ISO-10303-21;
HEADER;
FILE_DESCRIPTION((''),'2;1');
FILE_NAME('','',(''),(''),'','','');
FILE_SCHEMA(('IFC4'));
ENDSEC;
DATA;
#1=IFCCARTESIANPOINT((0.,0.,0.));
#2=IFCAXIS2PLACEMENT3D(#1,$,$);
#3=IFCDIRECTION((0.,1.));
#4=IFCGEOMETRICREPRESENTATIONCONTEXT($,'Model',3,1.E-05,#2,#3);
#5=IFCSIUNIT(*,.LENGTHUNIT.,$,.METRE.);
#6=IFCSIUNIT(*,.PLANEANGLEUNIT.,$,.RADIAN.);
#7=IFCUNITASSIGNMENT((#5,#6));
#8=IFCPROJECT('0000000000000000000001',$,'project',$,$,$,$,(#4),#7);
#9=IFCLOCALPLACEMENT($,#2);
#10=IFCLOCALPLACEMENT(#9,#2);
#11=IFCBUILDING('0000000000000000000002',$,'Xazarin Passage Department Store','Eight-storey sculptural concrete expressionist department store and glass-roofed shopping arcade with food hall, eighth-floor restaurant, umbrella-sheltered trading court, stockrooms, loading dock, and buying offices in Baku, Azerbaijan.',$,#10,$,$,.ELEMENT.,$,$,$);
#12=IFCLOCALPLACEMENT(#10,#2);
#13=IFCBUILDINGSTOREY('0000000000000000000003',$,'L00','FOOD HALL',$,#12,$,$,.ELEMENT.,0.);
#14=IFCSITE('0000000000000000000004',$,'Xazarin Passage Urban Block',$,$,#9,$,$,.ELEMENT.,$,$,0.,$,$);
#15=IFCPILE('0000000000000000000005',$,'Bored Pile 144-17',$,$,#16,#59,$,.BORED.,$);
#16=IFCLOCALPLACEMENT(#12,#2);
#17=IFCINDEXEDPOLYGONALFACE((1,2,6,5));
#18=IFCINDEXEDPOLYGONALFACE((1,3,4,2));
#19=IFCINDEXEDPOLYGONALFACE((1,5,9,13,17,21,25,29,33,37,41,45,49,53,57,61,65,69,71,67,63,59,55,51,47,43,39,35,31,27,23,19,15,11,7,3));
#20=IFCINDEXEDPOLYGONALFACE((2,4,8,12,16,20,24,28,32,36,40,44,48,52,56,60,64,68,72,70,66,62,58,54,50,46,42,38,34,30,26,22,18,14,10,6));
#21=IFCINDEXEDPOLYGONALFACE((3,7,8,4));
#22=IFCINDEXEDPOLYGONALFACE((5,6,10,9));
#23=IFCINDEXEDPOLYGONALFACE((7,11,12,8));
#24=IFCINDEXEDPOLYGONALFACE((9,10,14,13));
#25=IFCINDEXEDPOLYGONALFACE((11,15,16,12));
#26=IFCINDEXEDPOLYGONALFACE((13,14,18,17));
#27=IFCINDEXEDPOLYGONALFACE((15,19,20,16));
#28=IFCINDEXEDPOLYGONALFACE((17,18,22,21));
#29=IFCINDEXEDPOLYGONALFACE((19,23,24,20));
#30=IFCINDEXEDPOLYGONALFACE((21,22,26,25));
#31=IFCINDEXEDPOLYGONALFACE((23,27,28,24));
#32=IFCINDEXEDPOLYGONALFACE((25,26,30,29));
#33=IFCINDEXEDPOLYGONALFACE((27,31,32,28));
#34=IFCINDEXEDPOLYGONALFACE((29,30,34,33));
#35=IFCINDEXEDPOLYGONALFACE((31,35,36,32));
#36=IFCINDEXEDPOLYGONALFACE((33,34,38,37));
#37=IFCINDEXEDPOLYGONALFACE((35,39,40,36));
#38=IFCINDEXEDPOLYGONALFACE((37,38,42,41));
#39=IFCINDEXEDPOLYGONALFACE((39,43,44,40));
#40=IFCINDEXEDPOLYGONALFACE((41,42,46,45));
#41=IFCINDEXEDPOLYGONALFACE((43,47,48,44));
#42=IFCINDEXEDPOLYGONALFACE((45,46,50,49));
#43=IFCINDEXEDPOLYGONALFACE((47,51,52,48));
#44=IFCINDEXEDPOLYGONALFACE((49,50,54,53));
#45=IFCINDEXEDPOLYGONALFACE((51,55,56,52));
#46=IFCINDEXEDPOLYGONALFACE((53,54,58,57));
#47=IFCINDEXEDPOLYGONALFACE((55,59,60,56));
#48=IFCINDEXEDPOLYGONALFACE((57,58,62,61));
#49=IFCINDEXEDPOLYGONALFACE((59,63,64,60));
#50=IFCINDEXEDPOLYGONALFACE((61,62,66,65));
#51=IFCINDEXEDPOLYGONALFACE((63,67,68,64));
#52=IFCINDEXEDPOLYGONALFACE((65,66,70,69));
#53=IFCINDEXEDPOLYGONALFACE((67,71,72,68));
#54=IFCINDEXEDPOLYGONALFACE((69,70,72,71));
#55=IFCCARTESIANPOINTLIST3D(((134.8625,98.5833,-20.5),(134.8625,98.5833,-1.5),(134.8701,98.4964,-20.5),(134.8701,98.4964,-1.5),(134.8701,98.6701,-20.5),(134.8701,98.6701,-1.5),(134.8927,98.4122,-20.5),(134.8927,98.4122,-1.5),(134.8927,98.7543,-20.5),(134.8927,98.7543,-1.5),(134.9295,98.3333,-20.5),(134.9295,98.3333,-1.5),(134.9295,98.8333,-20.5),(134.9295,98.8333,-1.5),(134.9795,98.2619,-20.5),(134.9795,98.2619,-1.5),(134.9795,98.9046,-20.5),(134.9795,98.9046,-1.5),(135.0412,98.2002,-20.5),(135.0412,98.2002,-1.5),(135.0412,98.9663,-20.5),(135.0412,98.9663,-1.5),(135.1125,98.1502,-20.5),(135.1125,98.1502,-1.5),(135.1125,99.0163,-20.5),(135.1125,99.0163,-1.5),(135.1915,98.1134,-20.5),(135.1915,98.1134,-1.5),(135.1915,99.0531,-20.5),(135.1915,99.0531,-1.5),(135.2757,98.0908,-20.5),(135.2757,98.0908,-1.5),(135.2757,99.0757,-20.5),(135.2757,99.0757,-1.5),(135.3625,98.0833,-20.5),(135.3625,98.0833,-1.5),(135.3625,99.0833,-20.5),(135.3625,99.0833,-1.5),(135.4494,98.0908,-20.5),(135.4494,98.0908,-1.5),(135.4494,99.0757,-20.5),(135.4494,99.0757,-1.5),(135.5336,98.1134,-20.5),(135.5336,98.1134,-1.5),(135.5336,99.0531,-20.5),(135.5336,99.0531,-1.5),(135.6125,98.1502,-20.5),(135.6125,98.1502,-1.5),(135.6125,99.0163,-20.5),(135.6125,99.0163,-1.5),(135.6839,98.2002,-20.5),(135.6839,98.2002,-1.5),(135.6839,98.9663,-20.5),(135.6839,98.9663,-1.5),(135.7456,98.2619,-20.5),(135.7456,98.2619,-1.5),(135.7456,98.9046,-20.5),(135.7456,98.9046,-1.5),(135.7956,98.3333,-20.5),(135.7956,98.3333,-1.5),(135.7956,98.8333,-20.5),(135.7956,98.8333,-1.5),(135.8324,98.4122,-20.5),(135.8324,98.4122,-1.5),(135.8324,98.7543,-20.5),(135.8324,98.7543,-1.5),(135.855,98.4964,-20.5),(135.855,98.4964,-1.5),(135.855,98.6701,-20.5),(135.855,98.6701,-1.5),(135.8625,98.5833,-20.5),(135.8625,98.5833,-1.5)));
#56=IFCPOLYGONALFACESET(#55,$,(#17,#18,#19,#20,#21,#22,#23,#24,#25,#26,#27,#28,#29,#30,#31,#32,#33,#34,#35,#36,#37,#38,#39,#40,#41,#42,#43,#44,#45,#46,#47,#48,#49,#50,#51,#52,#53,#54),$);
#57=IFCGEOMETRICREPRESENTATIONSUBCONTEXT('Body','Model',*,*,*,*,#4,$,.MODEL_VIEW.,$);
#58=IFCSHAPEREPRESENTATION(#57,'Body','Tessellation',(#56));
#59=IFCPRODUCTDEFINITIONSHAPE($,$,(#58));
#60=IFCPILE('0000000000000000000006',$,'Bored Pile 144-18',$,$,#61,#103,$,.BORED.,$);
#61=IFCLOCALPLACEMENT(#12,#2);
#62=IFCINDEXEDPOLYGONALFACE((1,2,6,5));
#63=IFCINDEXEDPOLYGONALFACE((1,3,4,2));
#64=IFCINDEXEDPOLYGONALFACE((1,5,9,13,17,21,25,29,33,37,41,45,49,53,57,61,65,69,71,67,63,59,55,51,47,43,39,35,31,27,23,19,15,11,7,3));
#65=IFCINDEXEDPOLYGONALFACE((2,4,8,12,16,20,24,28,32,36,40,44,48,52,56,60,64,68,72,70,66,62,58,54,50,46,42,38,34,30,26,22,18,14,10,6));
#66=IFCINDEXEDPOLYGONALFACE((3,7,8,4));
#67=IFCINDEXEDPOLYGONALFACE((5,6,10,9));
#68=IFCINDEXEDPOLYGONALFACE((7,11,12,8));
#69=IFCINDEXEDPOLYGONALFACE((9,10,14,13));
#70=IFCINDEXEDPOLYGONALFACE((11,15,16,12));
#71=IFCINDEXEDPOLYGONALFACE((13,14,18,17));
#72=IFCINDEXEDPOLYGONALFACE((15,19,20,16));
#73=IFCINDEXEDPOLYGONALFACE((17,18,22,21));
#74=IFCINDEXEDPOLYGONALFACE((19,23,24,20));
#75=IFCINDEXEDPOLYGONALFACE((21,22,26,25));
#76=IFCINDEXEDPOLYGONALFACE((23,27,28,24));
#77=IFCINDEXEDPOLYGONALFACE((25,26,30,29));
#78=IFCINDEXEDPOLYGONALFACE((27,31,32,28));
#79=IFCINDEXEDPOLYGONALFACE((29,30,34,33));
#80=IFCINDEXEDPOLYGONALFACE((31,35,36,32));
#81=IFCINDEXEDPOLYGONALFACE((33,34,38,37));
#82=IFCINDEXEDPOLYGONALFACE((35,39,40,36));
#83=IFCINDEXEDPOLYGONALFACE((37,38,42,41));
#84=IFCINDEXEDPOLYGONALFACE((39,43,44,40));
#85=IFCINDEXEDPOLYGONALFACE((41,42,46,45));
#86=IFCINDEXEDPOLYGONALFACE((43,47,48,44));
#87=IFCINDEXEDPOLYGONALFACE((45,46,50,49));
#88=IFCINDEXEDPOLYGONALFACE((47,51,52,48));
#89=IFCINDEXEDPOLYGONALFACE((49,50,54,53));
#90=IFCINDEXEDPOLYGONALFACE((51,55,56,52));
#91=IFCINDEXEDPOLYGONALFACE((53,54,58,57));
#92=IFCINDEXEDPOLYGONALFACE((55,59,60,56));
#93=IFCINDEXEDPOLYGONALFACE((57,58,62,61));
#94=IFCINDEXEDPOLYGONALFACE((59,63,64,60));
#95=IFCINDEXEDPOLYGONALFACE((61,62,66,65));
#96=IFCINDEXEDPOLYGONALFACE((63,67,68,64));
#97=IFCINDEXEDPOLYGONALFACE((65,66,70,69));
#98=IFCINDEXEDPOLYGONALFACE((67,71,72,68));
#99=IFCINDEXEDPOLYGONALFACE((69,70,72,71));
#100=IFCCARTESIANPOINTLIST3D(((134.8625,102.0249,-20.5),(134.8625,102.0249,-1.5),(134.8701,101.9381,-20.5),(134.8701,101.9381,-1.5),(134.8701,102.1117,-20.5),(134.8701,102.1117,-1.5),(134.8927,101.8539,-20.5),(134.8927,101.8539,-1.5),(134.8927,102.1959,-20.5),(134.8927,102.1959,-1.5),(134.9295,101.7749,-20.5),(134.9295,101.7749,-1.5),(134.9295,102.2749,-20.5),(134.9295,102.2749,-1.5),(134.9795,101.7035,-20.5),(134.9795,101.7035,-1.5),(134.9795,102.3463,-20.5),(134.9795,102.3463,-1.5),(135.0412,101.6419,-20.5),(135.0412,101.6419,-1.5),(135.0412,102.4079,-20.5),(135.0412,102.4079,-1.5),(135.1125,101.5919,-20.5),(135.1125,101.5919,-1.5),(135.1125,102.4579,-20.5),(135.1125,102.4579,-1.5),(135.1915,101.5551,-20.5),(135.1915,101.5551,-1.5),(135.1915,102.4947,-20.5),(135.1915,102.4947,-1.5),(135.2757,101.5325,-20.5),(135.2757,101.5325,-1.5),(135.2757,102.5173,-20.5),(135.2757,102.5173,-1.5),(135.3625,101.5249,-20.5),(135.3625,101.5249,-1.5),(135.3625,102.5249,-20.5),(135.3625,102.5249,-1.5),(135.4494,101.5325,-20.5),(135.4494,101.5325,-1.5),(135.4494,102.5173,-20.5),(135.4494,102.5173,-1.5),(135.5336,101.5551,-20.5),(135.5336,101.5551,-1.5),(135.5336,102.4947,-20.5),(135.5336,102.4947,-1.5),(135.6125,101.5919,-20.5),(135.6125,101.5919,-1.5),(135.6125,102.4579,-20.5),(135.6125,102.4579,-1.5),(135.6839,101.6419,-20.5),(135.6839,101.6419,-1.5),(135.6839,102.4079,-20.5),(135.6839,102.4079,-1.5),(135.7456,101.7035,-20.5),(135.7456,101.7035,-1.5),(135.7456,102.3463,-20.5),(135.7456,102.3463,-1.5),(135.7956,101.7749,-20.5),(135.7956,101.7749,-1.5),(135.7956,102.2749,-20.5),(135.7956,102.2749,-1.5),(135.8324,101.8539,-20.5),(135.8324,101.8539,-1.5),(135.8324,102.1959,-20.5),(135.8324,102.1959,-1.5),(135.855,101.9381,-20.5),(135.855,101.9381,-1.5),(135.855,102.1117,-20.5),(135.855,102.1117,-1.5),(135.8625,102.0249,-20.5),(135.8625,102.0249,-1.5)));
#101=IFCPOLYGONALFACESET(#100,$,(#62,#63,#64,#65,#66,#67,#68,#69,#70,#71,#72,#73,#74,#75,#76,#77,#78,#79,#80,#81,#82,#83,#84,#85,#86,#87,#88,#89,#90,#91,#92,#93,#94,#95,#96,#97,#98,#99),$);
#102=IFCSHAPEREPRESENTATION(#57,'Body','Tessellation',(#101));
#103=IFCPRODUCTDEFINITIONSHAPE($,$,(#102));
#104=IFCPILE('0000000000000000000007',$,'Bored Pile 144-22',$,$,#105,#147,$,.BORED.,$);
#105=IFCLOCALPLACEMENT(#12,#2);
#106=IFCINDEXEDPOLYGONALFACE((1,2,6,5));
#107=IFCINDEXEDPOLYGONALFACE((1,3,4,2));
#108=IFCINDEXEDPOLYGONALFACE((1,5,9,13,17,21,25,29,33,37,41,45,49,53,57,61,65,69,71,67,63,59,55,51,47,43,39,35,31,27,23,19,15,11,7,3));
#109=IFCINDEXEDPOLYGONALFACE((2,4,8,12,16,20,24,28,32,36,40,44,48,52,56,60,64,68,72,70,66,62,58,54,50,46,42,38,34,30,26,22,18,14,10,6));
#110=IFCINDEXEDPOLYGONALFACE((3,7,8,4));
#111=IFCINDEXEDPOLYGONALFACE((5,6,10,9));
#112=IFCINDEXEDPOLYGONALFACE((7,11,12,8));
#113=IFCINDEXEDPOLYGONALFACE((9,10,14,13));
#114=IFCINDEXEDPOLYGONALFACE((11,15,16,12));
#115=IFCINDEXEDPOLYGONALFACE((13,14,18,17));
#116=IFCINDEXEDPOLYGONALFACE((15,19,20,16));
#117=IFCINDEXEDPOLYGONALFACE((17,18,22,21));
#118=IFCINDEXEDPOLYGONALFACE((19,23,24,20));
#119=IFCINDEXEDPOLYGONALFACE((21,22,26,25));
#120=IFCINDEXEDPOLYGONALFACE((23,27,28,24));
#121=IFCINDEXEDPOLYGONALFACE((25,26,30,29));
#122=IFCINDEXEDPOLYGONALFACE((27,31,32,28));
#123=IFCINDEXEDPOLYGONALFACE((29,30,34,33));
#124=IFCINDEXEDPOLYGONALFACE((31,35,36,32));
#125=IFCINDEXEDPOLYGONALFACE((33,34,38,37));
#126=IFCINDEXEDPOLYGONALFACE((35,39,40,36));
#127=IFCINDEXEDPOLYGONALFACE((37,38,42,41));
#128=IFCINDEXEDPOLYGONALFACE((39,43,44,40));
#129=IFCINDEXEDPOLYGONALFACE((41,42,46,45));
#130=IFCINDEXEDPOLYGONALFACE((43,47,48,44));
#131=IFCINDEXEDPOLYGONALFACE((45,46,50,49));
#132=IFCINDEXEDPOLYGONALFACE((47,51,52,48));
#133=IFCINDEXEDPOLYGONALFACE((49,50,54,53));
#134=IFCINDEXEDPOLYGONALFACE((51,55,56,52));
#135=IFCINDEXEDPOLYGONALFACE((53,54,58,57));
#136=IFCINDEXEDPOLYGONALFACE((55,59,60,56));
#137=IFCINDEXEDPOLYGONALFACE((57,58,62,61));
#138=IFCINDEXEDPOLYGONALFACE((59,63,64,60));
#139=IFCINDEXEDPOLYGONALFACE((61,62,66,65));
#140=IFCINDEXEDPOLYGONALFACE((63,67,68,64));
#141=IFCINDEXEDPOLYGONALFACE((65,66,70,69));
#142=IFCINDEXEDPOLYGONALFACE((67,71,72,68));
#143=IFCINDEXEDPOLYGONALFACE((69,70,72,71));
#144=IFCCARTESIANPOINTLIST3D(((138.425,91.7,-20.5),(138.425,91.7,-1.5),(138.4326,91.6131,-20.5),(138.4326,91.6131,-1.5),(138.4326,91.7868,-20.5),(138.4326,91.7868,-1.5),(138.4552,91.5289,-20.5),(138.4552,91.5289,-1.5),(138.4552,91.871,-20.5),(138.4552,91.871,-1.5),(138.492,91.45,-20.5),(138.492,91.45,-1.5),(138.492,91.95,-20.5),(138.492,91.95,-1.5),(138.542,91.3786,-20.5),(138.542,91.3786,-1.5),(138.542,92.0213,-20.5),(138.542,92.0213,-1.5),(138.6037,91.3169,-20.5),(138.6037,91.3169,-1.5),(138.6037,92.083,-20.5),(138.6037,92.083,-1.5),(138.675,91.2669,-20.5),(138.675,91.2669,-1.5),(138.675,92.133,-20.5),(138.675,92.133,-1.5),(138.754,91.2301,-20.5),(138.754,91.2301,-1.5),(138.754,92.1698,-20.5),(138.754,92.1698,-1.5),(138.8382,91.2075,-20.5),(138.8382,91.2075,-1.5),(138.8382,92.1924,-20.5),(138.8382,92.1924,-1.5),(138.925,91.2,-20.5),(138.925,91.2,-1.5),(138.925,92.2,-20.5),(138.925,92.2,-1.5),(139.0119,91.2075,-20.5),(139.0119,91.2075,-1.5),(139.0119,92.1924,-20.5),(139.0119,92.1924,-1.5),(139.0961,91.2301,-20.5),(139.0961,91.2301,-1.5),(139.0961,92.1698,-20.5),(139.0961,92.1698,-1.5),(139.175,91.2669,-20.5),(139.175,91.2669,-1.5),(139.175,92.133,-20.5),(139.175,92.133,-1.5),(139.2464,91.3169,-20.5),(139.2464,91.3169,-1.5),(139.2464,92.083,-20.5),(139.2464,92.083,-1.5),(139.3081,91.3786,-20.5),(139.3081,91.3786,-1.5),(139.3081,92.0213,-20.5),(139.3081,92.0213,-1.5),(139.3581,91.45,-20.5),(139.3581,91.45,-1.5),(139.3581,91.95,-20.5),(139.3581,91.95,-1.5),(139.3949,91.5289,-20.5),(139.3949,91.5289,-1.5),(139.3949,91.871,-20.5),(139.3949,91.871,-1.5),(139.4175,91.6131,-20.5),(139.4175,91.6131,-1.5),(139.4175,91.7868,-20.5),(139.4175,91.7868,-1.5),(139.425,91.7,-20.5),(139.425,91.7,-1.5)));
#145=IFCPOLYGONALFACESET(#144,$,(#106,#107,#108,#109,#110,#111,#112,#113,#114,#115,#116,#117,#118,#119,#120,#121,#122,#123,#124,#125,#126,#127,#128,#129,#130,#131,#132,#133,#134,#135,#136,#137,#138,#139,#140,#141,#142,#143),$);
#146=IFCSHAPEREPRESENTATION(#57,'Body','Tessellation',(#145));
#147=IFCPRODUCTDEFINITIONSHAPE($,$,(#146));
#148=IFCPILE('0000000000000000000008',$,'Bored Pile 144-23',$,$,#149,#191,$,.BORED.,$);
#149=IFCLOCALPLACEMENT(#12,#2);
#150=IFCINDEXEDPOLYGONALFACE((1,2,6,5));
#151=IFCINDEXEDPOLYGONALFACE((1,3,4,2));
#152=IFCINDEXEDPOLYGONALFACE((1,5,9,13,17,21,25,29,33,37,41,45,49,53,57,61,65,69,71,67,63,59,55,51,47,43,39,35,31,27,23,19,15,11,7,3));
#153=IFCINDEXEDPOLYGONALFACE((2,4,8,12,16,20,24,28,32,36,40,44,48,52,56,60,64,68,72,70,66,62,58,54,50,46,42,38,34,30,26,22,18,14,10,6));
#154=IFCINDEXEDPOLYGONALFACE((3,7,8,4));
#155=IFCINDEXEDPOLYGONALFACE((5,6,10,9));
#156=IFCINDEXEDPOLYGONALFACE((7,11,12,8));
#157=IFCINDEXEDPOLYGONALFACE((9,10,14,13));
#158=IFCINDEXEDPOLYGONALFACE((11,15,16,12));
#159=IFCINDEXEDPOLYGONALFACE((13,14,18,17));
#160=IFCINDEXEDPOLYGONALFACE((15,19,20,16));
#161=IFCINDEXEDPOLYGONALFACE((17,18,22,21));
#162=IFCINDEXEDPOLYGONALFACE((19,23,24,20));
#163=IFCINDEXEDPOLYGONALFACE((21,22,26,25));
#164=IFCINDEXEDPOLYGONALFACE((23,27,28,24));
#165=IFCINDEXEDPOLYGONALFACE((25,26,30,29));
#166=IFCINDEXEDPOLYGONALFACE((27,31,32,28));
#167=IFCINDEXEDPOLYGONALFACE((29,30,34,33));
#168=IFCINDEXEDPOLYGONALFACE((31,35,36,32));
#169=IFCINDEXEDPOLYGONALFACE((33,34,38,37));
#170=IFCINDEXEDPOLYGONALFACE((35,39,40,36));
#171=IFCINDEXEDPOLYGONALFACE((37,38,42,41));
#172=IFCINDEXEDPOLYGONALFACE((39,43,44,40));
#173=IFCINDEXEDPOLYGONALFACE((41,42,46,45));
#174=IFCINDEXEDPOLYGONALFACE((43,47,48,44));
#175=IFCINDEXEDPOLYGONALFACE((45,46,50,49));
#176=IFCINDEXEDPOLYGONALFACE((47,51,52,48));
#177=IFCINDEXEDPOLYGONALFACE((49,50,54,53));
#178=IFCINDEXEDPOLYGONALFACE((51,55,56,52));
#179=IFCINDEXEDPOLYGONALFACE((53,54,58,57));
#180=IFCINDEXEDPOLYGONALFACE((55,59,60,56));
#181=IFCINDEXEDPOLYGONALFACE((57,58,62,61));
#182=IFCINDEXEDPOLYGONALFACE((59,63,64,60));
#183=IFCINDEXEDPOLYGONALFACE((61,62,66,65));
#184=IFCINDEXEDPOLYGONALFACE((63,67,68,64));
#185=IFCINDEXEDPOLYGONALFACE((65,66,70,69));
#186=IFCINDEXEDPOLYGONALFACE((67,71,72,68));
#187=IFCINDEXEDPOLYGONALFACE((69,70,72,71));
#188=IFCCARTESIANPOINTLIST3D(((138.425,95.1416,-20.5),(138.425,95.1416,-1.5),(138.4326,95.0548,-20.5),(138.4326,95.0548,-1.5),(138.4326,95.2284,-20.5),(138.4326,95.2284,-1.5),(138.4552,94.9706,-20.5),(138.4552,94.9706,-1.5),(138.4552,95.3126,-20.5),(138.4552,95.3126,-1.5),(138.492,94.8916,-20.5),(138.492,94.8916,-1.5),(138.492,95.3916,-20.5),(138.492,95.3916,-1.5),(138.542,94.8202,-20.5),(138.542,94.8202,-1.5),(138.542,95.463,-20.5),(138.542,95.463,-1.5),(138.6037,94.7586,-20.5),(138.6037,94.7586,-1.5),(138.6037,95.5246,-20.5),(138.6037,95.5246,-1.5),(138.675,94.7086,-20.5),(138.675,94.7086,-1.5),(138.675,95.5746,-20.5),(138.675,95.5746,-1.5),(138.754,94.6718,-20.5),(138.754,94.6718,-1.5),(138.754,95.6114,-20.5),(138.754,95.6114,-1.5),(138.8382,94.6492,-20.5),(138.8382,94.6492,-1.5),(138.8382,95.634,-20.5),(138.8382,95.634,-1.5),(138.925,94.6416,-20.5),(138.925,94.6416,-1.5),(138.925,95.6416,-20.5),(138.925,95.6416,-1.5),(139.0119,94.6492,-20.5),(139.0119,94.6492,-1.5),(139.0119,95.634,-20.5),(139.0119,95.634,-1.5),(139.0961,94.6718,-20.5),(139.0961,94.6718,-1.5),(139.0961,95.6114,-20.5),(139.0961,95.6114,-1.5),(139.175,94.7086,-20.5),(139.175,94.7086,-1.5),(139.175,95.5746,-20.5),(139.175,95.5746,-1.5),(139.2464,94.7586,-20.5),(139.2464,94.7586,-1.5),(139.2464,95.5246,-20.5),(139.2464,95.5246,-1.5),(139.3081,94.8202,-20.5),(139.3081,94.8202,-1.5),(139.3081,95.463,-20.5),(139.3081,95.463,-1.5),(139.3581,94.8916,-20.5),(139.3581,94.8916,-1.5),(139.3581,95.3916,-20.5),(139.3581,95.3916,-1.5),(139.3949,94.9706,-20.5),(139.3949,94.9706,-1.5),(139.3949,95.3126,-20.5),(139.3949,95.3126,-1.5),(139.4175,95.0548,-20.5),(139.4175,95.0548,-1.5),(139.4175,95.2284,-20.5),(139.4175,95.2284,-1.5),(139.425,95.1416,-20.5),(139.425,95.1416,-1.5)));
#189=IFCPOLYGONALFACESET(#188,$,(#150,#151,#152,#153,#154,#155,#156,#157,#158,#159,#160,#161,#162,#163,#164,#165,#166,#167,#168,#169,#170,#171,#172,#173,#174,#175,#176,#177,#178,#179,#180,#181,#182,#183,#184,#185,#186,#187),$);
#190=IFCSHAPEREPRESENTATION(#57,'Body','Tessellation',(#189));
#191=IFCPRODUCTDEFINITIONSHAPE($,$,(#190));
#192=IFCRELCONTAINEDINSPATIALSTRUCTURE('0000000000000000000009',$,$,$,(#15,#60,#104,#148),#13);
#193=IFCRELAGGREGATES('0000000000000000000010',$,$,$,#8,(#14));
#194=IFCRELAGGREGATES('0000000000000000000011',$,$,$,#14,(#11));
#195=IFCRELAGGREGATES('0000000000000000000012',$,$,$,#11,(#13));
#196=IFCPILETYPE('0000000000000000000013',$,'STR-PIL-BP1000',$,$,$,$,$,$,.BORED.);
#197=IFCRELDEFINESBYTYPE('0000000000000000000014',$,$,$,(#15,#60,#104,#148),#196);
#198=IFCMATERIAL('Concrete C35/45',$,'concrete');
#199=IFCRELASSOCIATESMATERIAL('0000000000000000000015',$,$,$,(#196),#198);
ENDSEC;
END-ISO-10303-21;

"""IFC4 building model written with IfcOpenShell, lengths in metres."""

from ifc_helpers import new_model, si_unit, direction, frame, origin, origin_2d, place, context, subcontext, project, spatial, circle, extrude, material, material_profile, profile_set, type_object, element, save


model = new_model("IFC4")

# Units and contexts
model_context = context("Model", 3, precision=1e-05, world=origin(), true_north=direction((0.0, 1.0)))
body_context = subcontext(model_context, "Body", "Model", "MODEL_VIEW")
ifc_project = project(units=[si_unit("LENGTHUNIT", "METRE"), si_unit("PLANEANGLEUNIT", "RADIAN")], contexts=[model_context])

# Site, building, storey
site_placement = place(None, origin())
site = spatial("IfcSite", under=ifc_project, at=site_placement, Name="Xazarin Passage Urban Block", CompositionType="ELEMENT", RefElevation=0.0)
building_placement = place(site_placement, origin())
building = spatial("IfcBuilding", under=site, at=building_placement, Name="Xazarin Passage Department Store", Description="Eight-storey sculptural concrete expressionist department store and glass-roofed shopping arcade with food hall, eighth-floor restaurant, umbrella-sheltered trading court, stockrooms, loading dock, and buying offices in Baku, Azerbaijan.", CompositionType="ELEMENT")
storey_placement = place(building_placement, origin())
storey = spatial("IfcBuildingStorey", under=building, at=storey_placement, Name="L00", Description="FOOD HALL", CompositionType="ELEMENT", Elevation=0.0)

# Shared definitions
ifc_material_1 = material(Name="Concrete C35/45", Category="concrete")

# Piles
ifc_material_profile_1 = material_profile(ifc_material_1, circle(Radius=0.5, at=origin_2d()), Name="BP 1000")
ifc_profile_set_1 = profile_set([ifc_material_profile_1], Name="Concrete C35/45")
pile_type_1 = type_object("IfcPileType", Name="STR-PIL-BP1000", PredefinedType="BORED", material=ifc_profile_set_1)
for number, where, z_axis, x_axis, name in (
    (1, (135.3625, 98.5833, -1.5), (0.0, 0.0, -1.0), (1.0, 0.0, 0.0), "Bored Pile 144-17"),
    (2, (135.3625, 102.0249, -1.5), (0.0, 0.0, -1.0), (1.0, 0.0, 0.0), "Bored Pile 144-18"),
    (3, (138.925, 91.7, -1.5), (0.0, 0.0, -1.0), (1.0, 0.0, 0.0), "Bored Pile 144-22"),
    (4, (138.925, 95.1416, -1.5), (0.0, 0.0, -1.0), (1.0, 0.0, 0.0), "Bored Pile 144-23"),
):
    element("IfcPile", number, at=place(storey_placement, frame(where, z_axis=z_axis, x_axis=x_axis)), inside=storey, type_object=pile_type_1, Name=name, PredefinedType="BORED", context=body_context, shape_type="SweptSolid", body=[
        extrude(circle(Radius=0.5, at=origin_2d()), origin(), (0.0, 0.0, 1.0), 19.0),
    ])

save(model, "model.ifc")
